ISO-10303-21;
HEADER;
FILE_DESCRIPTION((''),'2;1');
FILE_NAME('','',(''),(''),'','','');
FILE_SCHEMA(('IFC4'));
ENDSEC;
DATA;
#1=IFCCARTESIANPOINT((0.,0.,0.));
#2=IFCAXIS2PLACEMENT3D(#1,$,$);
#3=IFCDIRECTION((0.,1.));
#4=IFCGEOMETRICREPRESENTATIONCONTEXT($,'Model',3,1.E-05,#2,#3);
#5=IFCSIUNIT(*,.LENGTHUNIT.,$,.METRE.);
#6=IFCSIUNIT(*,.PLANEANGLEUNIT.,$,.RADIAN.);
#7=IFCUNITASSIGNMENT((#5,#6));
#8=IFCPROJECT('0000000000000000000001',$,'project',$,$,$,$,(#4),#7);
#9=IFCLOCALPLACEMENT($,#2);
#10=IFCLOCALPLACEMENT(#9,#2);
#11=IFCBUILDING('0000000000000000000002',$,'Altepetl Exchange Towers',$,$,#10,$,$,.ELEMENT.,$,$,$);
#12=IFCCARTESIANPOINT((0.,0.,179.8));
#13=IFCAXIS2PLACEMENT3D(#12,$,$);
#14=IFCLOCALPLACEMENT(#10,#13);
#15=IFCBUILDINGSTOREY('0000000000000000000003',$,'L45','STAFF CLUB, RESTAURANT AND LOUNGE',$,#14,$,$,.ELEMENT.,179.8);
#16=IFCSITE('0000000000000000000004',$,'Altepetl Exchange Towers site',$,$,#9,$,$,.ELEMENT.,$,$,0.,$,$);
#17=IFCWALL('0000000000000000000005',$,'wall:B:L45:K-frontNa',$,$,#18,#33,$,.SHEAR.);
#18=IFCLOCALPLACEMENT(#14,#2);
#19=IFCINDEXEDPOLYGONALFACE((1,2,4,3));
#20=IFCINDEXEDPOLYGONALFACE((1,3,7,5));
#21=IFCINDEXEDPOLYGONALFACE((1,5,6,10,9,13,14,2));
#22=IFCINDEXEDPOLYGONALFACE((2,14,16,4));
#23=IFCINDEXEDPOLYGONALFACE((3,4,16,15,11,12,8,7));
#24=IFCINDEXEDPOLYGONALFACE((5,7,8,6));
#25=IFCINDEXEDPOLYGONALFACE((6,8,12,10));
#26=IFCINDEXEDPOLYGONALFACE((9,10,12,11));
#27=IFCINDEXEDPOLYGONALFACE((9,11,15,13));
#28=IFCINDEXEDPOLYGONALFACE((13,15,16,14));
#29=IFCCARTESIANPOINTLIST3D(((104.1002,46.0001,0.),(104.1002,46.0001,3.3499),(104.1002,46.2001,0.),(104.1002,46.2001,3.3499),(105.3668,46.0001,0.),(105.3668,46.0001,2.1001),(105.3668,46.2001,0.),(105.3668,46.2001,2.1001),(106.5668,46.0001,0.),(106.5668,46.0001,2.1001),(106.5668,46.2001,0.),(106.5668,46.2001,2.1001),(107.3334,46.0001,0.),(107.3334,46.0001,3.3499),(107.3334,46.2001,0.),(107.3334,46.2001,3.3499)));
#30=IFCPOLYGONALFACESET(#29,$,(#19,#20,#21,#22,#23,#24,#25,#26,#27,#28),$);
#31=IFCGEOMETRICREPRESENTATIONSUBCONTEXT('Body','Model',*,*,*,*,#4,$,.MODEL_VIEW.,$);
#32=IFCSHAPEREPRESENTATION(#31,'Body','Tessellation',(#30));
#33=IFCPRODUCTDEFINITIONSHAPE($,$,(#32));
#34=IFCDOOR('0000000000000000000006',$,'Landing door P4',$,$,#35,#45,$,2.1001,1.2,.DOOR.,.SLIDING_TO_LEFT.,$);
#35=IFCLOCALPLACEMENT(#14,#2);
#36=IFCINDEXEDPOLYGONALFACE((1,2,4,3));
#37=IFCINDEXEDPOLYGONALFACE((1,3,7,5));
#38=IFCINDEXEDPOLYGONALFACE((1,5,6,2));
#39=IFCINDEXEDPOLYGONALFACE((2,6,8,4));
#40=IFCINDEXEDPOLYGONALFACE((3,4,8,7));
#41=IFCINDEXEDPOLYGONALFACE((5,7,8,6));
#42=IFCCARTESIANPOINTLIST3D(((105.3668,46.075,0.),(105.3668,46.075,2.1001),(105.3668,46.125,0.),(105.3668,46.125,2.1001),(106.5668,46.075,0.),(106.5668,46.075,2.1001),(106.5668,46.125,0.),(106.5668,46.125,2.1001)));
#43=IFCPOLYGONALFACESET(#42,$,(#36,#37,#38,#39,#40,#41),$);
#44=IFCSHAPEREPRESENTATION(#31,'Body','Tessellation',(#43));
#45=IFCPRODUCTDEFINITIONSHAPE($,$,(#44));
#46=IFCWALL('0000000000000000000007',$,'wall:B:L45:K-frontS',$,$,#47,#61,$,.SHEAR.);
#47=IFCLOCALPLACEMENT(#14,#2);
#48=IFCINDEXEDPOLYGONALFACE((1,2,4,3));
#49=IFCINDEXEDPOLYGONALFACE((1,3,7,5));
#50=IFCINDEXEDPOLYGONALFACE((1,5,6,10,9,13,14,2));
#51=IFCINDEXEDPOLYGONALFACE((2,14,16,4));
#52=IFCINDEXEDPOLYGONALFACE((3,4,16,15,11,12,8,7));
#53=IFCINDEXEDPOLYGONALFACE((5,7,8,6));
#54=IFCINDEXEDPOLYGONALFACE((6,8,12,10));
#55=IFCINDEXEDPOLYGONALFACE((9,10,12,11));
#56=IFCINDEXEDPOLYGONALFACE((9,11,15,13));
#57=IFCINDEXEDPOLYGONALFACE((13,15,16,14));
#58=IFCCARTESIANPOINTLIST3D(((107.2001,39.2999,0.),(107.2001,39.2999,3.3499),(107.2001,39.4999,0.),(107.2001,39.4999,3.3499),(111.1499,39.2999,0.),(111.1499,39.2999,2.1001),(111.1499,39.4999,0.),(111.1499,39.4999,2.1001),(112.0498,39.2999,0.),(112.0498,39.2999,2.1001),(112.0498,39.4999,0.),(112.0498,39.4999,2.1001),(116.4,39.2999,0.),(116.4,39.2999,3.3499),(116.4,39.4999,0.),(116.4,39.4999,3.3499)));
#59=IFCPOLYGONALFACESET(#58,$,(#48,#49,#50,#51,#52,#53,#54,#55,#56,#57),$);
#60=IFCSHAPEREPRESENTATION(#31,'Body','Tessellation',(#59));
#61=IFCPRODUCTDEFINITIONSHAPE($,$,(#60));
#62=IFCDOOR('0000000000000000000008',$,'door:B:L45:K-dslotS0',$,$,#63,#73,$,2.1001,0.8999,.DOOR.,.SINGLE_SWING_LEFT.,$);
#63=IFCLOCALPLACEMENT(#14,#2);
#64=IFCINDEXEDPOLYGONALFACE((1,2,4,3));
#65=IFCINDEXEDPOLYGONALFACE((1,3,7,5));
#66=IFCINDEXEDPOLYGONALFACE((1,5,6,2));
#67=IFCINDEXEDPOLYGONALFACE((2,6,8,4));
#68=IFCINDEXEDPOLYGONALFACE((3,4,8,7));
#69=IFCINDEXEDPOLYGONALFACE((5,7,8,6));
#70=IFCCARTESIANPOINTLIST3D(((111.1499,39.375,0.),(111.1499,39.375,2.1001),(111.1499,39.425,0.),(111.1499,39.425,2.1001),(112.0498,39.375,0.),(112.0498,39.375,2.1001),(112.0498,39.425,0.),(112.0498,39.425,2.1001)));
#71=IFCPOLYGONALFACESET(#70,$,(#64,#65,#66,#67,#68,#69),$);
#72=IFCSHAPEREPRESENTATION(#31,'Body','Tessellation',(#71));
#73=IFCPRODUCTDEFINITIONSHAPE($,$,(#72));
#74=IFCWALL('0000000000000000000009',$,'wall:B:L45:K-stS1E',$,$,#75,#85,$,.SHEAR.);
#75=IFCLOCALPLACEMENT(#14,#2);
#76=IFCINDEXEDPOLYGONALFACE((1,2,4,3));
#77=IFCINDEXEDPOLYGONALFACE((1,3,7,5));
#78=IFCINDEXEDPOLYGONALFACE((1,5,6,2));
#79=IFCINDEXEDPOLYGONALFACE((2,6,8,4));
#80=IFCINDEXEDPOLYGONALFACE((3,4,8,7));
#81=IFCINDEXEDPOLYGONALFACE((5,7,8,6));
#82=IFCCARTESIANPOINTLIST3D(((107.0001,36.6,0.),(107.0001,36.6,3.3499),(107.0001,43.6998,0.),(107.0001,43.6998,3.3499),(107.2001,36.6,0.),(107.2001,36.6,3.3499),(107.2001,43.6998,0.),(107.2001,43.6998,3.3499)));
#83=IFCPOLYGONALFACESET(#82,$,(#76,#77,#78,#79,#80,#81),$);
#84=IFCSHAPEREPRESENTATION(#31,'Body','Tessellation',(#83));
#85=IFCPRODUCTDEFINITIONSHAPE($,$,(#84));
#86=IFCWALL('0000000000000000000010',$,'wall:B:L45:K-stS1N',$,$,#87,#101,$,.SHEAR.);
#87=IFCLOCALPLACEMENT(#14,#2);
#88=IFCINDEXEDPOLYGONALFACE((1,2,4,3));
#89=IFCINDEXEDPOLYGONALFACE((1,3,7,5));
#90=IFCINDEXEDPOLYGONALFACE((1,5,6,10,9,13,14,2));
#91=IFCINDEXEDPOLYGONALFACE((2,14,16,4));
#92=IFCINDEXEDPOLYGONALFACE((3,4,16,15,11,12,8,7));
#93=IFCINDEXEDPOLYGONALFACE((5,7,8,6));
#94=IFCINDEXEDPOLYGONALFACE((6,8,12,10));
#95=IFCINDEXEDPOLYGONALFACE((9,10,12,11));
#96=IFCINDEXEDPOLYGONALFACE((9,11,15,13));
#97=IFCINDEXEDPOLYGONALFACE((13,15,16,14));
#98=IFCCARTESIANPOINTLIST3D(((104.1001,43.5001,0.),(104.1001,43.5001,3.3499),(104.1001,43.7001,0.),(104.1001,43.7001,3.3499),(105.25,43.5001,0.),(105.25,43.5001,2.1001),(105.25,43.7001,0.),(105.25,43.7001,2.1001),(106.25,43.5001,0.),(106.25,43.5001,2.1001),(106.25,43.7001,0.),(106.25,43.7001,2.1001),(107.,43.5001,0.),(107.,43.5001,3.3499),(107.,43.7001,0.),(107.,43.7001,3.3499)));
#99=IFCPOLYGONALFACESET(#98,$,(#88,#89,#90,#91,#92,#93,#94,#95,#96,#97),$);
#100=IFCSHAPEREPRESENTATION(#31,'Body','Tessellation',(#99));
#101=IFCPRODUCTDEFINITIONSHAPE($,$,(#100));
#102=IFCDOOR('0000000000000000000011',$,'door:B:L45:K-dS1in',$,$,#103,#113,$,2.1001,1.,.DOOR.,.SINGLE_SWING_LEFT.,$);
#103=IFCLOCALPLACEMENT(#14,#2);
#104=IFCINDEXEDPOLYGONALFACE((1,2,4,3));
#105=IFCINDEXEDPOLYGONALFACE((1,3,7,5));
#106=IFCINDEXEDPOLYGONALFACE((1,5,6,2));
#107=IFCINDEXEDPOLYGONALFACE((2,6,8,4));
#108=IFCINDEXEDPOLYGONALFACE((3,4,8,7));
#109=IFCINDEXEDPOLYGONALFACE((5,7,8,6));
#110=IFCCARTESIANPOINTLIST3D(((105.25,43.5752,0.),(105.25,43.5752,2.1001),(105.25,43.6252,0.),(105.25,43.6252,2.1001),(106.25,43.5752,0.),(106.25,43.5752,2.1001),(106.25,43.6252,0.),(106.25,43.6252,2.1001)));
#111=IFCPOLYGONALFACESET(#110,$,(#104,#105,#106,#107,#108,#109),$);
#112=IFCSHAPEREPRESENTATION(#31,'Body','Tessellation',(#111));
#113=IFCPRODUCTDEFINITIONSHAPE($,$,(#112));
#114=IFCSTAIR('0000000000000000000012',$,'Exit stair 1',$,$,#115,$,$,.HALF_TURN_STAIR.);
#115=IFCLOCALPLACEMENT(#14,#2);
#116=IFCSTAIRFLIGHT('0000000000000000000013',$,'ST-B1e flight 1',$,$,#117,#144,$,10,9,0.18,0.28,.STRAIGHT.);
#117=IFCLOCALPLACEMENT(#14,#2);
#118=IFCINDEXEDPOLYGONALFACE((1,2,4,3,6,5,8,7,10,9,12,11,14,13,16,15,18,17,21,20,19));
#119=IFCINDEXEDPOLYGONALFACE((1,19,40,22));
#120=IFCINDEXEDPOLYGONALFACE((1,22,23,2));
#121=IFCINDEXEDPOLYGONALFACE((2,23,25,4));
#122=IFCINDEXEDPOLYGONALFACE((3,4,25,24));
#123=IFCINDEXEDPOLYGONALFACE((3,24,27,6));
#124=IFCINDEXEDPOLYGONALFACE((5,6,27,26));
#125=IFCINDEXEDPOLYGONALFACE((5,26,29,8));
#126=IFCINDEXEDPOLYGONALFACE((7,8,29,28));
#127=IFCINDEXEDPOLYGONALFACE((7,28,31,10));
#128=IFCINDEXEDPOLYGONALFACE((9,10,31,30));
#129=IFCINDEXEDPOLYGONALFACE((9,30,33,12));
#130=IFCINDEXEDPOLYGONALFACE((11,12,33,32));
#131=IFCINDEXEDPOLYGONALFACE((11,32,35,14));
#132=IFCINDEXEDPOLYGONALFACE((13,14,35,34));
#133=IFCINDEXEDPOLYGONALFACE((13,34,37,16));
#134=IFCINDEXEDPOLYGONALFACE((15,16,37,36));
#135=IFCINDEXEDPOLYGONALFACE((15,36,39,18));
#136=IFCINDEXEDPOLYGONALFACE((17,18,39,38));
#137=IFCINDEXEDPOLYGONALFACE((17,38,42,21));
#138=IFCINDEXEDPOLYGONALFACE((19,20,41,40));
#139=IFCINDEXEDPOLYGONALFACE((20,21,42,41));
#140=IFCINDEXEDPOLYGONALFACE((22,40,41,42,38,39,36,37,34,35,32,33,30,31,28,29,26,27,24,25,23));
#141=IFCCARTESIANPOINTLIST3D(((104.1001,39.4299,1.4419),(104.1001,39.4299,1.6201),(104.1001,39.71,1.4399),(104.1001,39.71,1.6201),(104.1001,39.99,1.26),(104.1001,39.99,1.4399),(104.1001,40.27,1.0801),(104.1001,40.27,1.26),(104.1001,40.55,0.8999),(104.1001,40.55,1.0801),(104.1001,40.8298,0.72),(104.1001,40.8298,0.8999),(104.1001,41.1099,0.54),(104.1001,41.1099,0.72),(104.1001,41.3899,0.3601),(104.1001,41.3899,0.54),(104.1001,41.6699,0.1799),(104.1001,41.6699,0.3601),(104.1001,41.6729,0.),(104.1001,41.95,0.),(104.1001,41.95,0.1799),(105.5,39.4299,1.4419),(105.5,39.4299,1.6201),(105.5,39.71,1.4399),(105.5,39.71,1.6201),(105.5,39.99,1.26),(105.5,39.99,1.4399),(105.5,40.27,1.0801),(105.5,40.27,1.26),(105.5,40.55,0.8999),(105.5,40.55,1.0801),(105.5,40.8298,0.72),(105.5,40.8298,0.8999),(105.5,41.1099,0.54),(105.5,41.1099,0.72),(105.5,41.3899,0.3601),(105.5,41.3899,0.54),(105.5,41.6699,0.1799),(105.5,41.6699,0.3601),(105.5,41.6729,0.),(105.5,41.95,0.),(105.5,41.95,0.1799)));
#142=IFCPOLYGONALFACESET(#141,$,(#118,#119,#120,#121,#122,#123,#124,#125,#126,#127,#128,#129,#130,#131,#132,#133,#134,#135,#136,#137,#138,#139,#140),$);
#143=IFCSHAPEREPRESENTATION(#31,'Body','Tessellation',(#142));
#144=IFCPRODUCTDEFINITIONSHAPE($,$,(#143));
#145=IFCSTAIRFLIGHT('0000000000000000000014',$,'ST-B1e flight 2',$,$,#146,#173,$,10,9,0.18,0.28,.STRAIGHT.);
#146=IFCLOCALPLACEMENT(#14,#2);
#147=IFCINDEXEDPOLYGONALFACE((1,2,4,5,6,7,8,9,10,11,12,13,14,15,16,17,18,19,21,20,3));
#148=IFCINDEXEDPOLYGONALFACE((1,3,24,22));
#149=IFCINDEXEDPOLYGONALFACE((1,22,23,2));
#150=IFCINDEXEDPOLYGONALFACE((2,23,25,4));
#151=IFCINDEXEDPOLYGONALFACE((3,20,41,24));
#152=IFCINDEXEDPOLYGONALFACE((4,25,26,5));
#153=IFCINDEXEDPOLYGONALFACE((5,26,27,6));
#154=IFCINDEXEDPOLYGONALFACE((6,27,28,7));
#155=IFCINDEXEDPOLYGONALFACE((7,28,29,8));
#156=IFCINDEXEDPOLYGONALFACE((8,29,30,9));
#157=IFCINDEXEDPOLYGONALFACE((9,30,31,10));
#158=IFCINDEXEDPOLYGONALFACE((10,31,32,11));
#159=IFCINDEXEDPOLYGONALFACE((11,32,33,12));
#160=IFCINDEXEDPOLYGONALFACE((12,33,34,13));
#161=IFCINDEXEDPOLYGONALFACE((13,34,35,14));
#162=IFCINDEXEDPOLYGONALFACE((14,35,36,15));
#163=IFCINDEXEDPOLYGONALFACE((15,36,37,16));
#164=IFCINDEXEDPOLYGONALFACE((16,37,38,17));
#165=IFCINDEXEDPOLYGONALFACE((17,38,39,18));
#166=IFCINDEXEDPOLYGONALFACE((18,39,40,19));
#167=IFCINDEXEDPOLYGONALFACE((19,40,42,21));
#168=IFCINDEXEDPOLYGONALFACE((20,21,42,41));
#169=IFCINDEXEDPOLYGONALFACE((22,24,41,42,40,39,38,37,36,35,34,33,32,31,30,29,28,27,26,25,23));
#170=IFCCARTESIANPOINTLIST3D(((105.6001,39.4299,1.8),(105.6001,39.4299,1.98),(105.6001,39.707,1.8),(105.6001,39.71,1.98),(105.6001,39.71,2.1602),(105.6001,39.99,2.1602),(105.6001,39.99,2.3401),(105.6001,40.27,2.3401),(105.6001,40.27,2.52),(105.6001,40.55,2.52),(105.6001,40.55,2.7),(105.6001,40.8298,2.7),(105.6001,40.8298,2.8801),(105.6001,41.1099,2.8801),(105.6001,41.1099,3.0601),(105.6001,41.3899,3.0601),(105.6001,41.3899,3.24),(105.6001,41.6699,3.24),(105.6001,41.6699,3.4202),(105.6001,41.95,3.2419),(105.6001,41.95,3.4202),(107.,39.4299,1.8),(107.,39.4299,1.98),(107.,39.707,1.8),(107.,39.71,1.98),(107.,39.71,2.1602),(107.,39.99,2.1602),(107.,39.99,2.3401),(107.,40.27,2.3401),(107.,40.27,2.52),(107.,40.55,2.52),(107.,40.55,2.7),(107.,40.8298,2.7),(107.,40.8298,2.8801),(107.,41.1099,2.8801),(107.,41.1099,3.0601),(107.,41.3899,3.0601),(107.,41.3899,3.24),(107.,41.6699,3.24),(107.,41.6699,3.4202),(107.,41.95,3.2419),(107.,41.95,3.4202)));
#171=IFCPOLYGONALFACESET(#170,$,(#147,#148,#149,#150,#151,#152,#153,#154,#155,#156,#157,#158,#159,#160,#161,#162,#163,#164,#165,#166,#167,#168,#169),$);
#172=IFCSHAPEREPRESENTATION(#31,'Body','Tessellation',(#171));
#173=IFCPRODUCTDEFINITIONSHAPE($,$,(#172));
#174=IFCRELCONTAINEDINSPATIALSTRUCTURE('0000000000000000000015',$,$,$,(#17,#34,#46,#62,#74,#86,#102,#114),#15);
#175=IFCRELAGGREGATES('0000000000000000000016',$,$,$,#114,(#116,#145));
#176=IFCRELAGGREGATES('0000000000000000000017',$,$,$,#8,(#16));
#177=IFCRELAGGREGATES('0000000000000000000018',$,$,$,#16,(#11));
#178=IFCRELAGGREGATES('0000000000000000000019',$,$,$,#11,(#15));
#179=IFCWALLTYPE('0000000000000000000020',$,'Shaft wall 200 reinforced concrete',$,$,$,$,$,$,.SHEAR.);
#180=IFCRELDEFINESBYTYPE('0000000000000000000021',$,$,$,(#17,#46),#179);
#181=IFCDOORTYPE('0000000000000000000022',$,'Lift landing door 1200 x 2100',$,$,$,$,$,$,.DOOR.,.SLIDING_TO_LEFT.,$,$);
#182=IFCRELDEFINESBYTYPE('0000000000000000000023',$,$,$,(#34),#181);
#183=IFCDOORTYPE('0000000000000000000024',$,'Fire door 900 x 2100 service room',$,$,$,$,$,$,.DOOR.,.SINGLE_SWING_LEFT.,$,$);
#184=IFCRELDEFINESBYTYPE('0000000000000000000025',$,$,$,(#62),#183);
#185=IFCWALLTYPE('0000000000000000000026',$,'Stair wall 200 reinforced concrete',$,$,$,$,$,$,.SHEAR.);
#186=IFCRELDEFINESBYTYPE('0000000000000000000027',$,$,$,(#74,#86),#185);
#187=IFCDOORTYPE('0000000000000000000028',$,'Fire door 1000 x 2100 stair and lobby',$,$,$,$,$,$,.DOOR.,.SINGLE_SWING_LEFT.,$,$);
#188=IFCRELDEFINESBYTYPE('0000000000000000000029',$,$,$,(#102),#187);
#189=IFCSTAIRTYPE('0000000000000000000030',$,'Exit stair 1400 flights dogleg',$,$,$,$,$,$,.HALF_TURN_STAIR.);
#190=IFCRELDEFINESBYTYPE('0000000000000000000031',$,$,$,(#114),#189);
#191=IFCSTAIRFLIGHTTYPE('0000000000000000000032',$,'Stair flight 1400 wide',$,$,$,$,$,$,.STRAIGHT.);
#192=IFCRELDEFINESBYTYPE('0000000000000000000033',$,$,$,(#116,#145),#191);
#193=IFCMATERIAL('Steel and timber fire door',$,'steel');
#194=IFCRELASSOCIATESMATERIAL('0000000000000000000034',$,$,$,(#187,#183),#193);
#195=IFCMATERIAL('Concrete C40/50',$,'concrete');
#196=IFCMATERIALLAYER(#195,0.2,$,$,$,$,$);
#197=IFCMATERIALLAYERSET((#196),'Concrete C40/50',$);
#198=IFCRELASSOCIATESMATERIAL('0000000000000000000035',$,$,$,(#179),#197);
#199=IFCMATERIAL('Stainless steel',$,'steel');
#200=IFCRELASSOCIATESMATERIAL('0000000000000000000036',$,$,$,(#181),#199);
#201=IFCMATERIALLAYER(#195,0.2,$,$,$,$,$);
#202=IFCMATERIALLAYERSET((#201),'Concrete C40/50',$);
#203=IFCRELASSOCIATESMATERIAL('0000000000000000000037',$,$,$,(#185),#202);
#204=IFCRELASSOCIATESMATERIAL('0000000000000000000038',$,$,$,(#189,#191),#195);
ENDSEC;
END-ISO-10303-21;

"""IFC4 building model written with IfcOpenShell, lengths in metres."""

from ifc_helpers import new_model, si_unit, direction, frame, frame_2d, origin, place, context, subcontext, project, spatial, polyline, rectangle, outline, extrude, material, layer, layer_set, type_object, element, fill, aggregate, save


model = new_model("IFC4")

# Units and contexts
model_context = context("Model", 3, precision=1e-05, world=origin(), true_north=direction((0.0, 1.0)))
body_context = subcontext(model_context, "Body", "Model", "MODEL_VIEW")
ifc_project = project(units=[si_unit("LENGTHUNIT", "METRE"), si_unit("PLANEANGLEUNIT", "RADIAN")], contexts=[model_context])

# Site, building, storey
site_placement = place(None, origin())
site = spatial("IfcSite", under=ifc_project, at=site_placement, Name="Altepetl Exchange Towers site", CompositionType="ELEMENT", RefElevation=0.0)
building_placement = place(site_placement, origin())
building = spatial("IfcBuilding", under=site, at=building_placement, Name="Altepetl Exchange Towers", CompositionType="ELEMENT")
storey_placement = place(building_placement, frame((0.0, 0.0, 179.8)))
storey = spatial("IfcBuildingStorey", under=building, at=storey_placement, Name="L45", Description="STAFF CLUB, RESTAURANT AND LOUNGE", CompositionType="ELEMENT", Elevation=179.8)

# Shared definitions
ifc_material_1 = material(Name="Steel and timber fire door", Category="steel")
door_type_1 = type_object("IfcDoorType", Name="Fire door 1000 x 2100 stair and lobby", OperationType="SINGLE_SWING_LEFT", PredefinedType="DOOR", material=ifc_material_1)

# Walls, openings, doors
ifc_material_2 = material(Name="Concrete C40/50", Category="concrete")
ifc_layer_1 = layer(ifc_material_2, 0.2)
ifc_layer_set_1 = layer_set([ifc_layer_1], Name="Concrete C40/50")
wall_type_1 = type_object("IfcWallType", Name="Shaft wall 200 reinforced concrete", PredefinedType="SHEAR", material=ifc_layer_set_1)
wall_1_placement = place(storey_placement, frame((104.1001, 46.1001, 0.0)))
wall_1 = element("IfcWall", 1, at=wall_1_placement, inside=storey, type_object=wall_type_1, Name="wall:B:L45:K-frontNa", PredefinedType="SHEAR", context=body_context, shape_type="SweptSolid", body=[
    extrude(rectangle(XDim=3.2332, YDim=0.2, at=frame_2d((1.6167, 0.0))), origin(), (0.0, 0.0, 1.0), 3.3499),
])
opening_1_placement = place(wall_1_placement, frame((1.2666, 0.0, 0.0)))
opening_1 = element("IfcOpeningElement", 2, at=opening_1_placement, cuts=wall_1, PredefinedType="OPENING", context=body_context, shape_type="SweptSolid", body=[
    extrude(rectangle(XDim=1.2, YDim=2.1001, at=frame_2d((0.6001, 1.05))), frame((0.0, 0.1099, 0.0), z_axis=(0.0, -1.0, 0.0), x_axis=(1.0, 0.0, 0.0)), (0.0, 0.0, 1.0), 0.22),
])
ifc_material_3 = material(Name="Stainless steel", Category="steel")
door_type_2 = type_object("IfcDoorType", Name="Lift landing door 1200 x 2100", OperationType="SLIDING_TO_LEFT", PredefinedType="DOOR", material=ifc_material_3)
door_1_placement = place(opening_1_placement, origin())
door_1 = element("IfcDoor", 3, at=door_1_placement, inside=storey, type_object=door_type_2, Name="Landing door P4", OperationType="SLIDING_TO_LEFT", OverallHeight=2.1001, OverallWidth=1.2, PredefinedType="DOOR", context=body_context, shape_type="SweptSolid", body=[
    extrude(rectangle(XDim=1.2, YDim=2.1001, at=frame_2d((0.6001, 1.05))), frame((0.0, 0.0249, 0.0), z_axis=(0.0, -1.0, 0.0), x_axis=(1.0, 0.0, 0.0)), (0.0, 0.0, 1.0), 0.05),
])
fill(opening_1, door_1)
wall_2_placement = place(storey_placement, frame((107.2, 39.3999, 0.0)))
wall_2 = element("IfcWall", 4, at=wall_2_placement, inside=storey, type_object=wall_type_1, Name="wall:B:L45:K-frontS", PredefinedType="SHEAR", context=body_context, shape_type="SweptSolid", body=[
    extrude(rectangle(XDim=9.2, YDim=0.2, at=frame_2d((4.6001, 0.0))), origin(), (0.0, 0.0, 1.0), 3.3499),
])
opening_2_placement = place(wall_2_placement, frame((3.95, 0.0, 0.0)))
opening_2 = element("IfcOpeningElement", 5, at=opening_2_placement, cuts=wall_2, PredefinedType="OPENING", context=body_context, shape_type="SweptSolid", body=[
    extrude(rectangle(XDim=0.8999, YDim=2.1001, at=frame_2d((0.45, 1.05))), frame((0.0, 0.1099, 0.0), z_axis=(0.0, -1.0, 0.0), x_axis=(1.0, 0.0, 0.0)), (0.0, 0.0, 1.0), 0.22),
])
door_type_3 = type_object("IfcDoorType", Name="Fire door 900 x 2100 service room", OperationType="SINGLE_SWING_LEFT", PredefinedType="DOOR", material=ifc_material_1)
door_2_placement = place(opening_2_placement, frame((0.8999, 0.0, 0.0), x_axis=(-1.0, 0.0, 0.0)))
door_2 = element("IfcDoor", 6, at=door_2_placement, inside=storey, type_object=door_type_3, Name="door:B:L45:K-dslotS0", OperationType="SINGLE_SWING_LEFT", OverallHeight=2.1001, OverallWidth=0.8999, PredefinedType="DOOR", context=body_context, shape_type="SweptSolid", body=[
    extrude(rectangle(XDim=0.8999, YDim=2.1001, at=frame_2d((0.45, 1.05))), frame((0.0, 0.0249, 0.0), z_axis=(0.0, -1.0, 0.0), x_axis=(1.0, 0.0, 0.0)), (0.0, 0.0, 1.0), 0.05),
])
fill(opening_2, door_2)

# Wall
ifc_layer_2 = layer(ifc_material_2, 0.2)
ifc_layer_set_2 = layer_set([ifc_layer_2], Name="Concrete C40/50")
wall_type_2 = type_object("IfcWallType", Name="Stair wall 200 reinforced concrete", PredefinedType="SHEAR", material=ifc_layer_set_2)
wall_3_placement = place(storey_placement, frame((107.1001, 36.6001, 0.0), z_axis=(0.0, 0.0, 1.0), x_axis=(0.0, 1.0, 0.0)))
element("IfcWall", 7, at=wall_3_placement, inside=storey, type_object=wall_type_2, Name="wall:B:L45:K-stS1E", PredefinedType="SHEAR", context=body_context, shape_type="SweptSolid", body=[
    extrude(rectangle(XDim=7.0999, YDim=0.2, at=frame_2d((3.5498, 0.0))), origin(), (0.0, 0.0, 1.0), 3.3499),
])

# Wall, opening, door
wall_4_placement = place(storey_placement, frame((104.1001, 43.6001, 0.0)))
wall_4 = element("IfcWall", 8, at=wall_4_placement, inside=storey, type_object=wall_type_2, Name="wall:B:L45:K-stS1N", PredefinedType="SHEAR", context=body_context, shape_type="SweptSolid", body=[
    extrude(rectangle(XDim=2.8999, YDim=0.2, at=frame_2d((1.45, 0.0))), origin(), (0.0, 0.0, 1.0), 3.3499),
])
opening_3_placement = place(wall_4_placement, frame((1.1499, 0.0, 0.0)))
opening_3 = element("IfcOpeningElement", 9, at=opening_3_placement, cuts=wall_4, PredefinedType="OPENING", context=body_context, shape_type="SweptSolid", body=[
    extrude(rectangle(XDim=1.0, YDim=2.1001, at=frame_2d((0.5, 1.05))), frame((0.0, 0.1099, 0.0), z_axis=(0.0, -1.0, 0.0), x_axis=(1.0, 0.0, 0.0)), (0.0, 0.0, 1.0), 0.22),
])
door_3_placement = place(opening_3_placement, frame((1.0, 0.0, 0.0), x_axis=(-1.0, 0.0, 0.0)))
door_3 = element("IfcDoor", 10, at=door_3_placement, inside=storey, type_object=door_type_1, Name="door:B:L45:K-dS1in", OperationType="SINGLE_SWING_LEFT", OverallHeight=2.1001, OverallWidth=1.0, PredefinedType="DOOR", context=body_context, shape_type="SweptSolid", body=[
    extrude(rectangle(XDim=1.0, YDim=2.1001, at=frame_2d((0.5, 1.05))), frame((0.0, 0.0249, 0.0), z_axis=(0.0, -1.0, 0.0), x_axis=(1.0, 0.0, 0.0)), (0.0, 0.0, 1.0), 0.05),
])
fill(opening_3, door_3)

# Stair, stair flights
stair_type = type_object("IfcStairType", Name="Exit stair 1400 flights dogleg", PredefinedType="HALF_TURN_STAIR", material=ifc_material_2)
stair_placement = place(storey_placement, origin())
stair = element("IfcStair", 11, at=stair_placement, inside=storey, type_object=stair_type, Name="Exit stair 1", PredefinedType="HALF_TURN_STAIR")
stair_flight_type = type_object("IfcStairFlightType", Name="Stair flight 1400 wide", PredefinedType="STRAIGHT", material=ifc_material_2)
stair_flight_1_placement = place(storey_placement, frame((104.8, 41.95, 0.0), z_axis=(0.0, 0.0, 1.0), x_axis=(0.0, -1.0, 0.0)))
stair_flight_1 = element("IfcStairFlight", 12, at=stair_flight_1_placement, type_object=stair_flight_type, Name="ST-B1e flight 1", NumberOfRisers=10, NumberOfTreads=9, PredefinedType="STRAIGHT", RiserHeight=0.18, TreadLength=0.28, context=body_context, shape_type="SweptSolid", body=[
    extrude(outline(polyline([(0.0, 0.0), (0.0, 0.1799), (0.28, 0.1799), (0.28, 0.3601), (0.5601, 0.3601), (0.5601, 0.54), (0.8401, 0.54), (0.8401, 0.72), (1.1201, 0.72), (1.1201, 0.8999), (1.3999, 0.8999), (1.3999, 1.0801), (1.6799, 1.0801), (1.6799, 1.26), (1.96, 1.26), (1.96, 1.4399), (2.24, 1.4399), (2.24, 1.6201), (2.52, 1.6201), (2.52, 1.8), (2.52, 1.4419), (0.2771, 0.0), (0.0, 0.0)])), frame((0.0, 0.7, 0.0), z_axis=(0.0, -1.0, 0.0), x_axis=(1.0, 0.0, 0.0)), (0.0, 0.0, 1.0), 1.3999),
])
stair_flight_2_placement = place(storey_placement, frame((106.3, 39.4299, 1.8), z_axis=(0.0, 0.0, 1.0), x_axis=(0.0, 1.0, 0.0)))
stair_flight_2 = element("IfcStairFlight", 13, at=stair_flight_2_placement, type_object=stair_flight_type, Name="ST-B1e flight 2", NumberOfRisers=10, NumberOfTreads=9, PredefinedType="STRAIGHT", RiserHeight=0.18, TreadLength=0.28, context=body_context, shape_type="SweptSolid", body=[
    extrude(outline(polyline([(0.0, 0.0), (0.0, 0.1799), (0.28, 0.1799), (0.28, 0.3601), (0.5601, 0.3601), (0.5601, 0.54), (0.8401, 0.54), (0.8401, 0.72), (1.1201, 0.72), (1.1201, 0.8999), (1.3999, 0.8999), (1.3999, 1.0801), (1.6799, 1.0801), (1.6799, 1.26), (1.96, 1.26), (1.96, 1.4399), (2.24, 1.4399), (2.24, 1.6201), (2.52, 1.6201), (2.52, 1.8), (2.52, 1.4419), (0.2771, 0.0), (0.0, 0.0)])), frame((0.0, 0.7, 0.0), z_axis=(0.0, -1.0, 0.0), x_axis=(1.0, 0.0, 0.0)), (0.0, 0.0, 1.0), 1.3999),
])
aggregate(stair, [stair_flight_1, stair_flight_2])

save(model, "model.ifc")
